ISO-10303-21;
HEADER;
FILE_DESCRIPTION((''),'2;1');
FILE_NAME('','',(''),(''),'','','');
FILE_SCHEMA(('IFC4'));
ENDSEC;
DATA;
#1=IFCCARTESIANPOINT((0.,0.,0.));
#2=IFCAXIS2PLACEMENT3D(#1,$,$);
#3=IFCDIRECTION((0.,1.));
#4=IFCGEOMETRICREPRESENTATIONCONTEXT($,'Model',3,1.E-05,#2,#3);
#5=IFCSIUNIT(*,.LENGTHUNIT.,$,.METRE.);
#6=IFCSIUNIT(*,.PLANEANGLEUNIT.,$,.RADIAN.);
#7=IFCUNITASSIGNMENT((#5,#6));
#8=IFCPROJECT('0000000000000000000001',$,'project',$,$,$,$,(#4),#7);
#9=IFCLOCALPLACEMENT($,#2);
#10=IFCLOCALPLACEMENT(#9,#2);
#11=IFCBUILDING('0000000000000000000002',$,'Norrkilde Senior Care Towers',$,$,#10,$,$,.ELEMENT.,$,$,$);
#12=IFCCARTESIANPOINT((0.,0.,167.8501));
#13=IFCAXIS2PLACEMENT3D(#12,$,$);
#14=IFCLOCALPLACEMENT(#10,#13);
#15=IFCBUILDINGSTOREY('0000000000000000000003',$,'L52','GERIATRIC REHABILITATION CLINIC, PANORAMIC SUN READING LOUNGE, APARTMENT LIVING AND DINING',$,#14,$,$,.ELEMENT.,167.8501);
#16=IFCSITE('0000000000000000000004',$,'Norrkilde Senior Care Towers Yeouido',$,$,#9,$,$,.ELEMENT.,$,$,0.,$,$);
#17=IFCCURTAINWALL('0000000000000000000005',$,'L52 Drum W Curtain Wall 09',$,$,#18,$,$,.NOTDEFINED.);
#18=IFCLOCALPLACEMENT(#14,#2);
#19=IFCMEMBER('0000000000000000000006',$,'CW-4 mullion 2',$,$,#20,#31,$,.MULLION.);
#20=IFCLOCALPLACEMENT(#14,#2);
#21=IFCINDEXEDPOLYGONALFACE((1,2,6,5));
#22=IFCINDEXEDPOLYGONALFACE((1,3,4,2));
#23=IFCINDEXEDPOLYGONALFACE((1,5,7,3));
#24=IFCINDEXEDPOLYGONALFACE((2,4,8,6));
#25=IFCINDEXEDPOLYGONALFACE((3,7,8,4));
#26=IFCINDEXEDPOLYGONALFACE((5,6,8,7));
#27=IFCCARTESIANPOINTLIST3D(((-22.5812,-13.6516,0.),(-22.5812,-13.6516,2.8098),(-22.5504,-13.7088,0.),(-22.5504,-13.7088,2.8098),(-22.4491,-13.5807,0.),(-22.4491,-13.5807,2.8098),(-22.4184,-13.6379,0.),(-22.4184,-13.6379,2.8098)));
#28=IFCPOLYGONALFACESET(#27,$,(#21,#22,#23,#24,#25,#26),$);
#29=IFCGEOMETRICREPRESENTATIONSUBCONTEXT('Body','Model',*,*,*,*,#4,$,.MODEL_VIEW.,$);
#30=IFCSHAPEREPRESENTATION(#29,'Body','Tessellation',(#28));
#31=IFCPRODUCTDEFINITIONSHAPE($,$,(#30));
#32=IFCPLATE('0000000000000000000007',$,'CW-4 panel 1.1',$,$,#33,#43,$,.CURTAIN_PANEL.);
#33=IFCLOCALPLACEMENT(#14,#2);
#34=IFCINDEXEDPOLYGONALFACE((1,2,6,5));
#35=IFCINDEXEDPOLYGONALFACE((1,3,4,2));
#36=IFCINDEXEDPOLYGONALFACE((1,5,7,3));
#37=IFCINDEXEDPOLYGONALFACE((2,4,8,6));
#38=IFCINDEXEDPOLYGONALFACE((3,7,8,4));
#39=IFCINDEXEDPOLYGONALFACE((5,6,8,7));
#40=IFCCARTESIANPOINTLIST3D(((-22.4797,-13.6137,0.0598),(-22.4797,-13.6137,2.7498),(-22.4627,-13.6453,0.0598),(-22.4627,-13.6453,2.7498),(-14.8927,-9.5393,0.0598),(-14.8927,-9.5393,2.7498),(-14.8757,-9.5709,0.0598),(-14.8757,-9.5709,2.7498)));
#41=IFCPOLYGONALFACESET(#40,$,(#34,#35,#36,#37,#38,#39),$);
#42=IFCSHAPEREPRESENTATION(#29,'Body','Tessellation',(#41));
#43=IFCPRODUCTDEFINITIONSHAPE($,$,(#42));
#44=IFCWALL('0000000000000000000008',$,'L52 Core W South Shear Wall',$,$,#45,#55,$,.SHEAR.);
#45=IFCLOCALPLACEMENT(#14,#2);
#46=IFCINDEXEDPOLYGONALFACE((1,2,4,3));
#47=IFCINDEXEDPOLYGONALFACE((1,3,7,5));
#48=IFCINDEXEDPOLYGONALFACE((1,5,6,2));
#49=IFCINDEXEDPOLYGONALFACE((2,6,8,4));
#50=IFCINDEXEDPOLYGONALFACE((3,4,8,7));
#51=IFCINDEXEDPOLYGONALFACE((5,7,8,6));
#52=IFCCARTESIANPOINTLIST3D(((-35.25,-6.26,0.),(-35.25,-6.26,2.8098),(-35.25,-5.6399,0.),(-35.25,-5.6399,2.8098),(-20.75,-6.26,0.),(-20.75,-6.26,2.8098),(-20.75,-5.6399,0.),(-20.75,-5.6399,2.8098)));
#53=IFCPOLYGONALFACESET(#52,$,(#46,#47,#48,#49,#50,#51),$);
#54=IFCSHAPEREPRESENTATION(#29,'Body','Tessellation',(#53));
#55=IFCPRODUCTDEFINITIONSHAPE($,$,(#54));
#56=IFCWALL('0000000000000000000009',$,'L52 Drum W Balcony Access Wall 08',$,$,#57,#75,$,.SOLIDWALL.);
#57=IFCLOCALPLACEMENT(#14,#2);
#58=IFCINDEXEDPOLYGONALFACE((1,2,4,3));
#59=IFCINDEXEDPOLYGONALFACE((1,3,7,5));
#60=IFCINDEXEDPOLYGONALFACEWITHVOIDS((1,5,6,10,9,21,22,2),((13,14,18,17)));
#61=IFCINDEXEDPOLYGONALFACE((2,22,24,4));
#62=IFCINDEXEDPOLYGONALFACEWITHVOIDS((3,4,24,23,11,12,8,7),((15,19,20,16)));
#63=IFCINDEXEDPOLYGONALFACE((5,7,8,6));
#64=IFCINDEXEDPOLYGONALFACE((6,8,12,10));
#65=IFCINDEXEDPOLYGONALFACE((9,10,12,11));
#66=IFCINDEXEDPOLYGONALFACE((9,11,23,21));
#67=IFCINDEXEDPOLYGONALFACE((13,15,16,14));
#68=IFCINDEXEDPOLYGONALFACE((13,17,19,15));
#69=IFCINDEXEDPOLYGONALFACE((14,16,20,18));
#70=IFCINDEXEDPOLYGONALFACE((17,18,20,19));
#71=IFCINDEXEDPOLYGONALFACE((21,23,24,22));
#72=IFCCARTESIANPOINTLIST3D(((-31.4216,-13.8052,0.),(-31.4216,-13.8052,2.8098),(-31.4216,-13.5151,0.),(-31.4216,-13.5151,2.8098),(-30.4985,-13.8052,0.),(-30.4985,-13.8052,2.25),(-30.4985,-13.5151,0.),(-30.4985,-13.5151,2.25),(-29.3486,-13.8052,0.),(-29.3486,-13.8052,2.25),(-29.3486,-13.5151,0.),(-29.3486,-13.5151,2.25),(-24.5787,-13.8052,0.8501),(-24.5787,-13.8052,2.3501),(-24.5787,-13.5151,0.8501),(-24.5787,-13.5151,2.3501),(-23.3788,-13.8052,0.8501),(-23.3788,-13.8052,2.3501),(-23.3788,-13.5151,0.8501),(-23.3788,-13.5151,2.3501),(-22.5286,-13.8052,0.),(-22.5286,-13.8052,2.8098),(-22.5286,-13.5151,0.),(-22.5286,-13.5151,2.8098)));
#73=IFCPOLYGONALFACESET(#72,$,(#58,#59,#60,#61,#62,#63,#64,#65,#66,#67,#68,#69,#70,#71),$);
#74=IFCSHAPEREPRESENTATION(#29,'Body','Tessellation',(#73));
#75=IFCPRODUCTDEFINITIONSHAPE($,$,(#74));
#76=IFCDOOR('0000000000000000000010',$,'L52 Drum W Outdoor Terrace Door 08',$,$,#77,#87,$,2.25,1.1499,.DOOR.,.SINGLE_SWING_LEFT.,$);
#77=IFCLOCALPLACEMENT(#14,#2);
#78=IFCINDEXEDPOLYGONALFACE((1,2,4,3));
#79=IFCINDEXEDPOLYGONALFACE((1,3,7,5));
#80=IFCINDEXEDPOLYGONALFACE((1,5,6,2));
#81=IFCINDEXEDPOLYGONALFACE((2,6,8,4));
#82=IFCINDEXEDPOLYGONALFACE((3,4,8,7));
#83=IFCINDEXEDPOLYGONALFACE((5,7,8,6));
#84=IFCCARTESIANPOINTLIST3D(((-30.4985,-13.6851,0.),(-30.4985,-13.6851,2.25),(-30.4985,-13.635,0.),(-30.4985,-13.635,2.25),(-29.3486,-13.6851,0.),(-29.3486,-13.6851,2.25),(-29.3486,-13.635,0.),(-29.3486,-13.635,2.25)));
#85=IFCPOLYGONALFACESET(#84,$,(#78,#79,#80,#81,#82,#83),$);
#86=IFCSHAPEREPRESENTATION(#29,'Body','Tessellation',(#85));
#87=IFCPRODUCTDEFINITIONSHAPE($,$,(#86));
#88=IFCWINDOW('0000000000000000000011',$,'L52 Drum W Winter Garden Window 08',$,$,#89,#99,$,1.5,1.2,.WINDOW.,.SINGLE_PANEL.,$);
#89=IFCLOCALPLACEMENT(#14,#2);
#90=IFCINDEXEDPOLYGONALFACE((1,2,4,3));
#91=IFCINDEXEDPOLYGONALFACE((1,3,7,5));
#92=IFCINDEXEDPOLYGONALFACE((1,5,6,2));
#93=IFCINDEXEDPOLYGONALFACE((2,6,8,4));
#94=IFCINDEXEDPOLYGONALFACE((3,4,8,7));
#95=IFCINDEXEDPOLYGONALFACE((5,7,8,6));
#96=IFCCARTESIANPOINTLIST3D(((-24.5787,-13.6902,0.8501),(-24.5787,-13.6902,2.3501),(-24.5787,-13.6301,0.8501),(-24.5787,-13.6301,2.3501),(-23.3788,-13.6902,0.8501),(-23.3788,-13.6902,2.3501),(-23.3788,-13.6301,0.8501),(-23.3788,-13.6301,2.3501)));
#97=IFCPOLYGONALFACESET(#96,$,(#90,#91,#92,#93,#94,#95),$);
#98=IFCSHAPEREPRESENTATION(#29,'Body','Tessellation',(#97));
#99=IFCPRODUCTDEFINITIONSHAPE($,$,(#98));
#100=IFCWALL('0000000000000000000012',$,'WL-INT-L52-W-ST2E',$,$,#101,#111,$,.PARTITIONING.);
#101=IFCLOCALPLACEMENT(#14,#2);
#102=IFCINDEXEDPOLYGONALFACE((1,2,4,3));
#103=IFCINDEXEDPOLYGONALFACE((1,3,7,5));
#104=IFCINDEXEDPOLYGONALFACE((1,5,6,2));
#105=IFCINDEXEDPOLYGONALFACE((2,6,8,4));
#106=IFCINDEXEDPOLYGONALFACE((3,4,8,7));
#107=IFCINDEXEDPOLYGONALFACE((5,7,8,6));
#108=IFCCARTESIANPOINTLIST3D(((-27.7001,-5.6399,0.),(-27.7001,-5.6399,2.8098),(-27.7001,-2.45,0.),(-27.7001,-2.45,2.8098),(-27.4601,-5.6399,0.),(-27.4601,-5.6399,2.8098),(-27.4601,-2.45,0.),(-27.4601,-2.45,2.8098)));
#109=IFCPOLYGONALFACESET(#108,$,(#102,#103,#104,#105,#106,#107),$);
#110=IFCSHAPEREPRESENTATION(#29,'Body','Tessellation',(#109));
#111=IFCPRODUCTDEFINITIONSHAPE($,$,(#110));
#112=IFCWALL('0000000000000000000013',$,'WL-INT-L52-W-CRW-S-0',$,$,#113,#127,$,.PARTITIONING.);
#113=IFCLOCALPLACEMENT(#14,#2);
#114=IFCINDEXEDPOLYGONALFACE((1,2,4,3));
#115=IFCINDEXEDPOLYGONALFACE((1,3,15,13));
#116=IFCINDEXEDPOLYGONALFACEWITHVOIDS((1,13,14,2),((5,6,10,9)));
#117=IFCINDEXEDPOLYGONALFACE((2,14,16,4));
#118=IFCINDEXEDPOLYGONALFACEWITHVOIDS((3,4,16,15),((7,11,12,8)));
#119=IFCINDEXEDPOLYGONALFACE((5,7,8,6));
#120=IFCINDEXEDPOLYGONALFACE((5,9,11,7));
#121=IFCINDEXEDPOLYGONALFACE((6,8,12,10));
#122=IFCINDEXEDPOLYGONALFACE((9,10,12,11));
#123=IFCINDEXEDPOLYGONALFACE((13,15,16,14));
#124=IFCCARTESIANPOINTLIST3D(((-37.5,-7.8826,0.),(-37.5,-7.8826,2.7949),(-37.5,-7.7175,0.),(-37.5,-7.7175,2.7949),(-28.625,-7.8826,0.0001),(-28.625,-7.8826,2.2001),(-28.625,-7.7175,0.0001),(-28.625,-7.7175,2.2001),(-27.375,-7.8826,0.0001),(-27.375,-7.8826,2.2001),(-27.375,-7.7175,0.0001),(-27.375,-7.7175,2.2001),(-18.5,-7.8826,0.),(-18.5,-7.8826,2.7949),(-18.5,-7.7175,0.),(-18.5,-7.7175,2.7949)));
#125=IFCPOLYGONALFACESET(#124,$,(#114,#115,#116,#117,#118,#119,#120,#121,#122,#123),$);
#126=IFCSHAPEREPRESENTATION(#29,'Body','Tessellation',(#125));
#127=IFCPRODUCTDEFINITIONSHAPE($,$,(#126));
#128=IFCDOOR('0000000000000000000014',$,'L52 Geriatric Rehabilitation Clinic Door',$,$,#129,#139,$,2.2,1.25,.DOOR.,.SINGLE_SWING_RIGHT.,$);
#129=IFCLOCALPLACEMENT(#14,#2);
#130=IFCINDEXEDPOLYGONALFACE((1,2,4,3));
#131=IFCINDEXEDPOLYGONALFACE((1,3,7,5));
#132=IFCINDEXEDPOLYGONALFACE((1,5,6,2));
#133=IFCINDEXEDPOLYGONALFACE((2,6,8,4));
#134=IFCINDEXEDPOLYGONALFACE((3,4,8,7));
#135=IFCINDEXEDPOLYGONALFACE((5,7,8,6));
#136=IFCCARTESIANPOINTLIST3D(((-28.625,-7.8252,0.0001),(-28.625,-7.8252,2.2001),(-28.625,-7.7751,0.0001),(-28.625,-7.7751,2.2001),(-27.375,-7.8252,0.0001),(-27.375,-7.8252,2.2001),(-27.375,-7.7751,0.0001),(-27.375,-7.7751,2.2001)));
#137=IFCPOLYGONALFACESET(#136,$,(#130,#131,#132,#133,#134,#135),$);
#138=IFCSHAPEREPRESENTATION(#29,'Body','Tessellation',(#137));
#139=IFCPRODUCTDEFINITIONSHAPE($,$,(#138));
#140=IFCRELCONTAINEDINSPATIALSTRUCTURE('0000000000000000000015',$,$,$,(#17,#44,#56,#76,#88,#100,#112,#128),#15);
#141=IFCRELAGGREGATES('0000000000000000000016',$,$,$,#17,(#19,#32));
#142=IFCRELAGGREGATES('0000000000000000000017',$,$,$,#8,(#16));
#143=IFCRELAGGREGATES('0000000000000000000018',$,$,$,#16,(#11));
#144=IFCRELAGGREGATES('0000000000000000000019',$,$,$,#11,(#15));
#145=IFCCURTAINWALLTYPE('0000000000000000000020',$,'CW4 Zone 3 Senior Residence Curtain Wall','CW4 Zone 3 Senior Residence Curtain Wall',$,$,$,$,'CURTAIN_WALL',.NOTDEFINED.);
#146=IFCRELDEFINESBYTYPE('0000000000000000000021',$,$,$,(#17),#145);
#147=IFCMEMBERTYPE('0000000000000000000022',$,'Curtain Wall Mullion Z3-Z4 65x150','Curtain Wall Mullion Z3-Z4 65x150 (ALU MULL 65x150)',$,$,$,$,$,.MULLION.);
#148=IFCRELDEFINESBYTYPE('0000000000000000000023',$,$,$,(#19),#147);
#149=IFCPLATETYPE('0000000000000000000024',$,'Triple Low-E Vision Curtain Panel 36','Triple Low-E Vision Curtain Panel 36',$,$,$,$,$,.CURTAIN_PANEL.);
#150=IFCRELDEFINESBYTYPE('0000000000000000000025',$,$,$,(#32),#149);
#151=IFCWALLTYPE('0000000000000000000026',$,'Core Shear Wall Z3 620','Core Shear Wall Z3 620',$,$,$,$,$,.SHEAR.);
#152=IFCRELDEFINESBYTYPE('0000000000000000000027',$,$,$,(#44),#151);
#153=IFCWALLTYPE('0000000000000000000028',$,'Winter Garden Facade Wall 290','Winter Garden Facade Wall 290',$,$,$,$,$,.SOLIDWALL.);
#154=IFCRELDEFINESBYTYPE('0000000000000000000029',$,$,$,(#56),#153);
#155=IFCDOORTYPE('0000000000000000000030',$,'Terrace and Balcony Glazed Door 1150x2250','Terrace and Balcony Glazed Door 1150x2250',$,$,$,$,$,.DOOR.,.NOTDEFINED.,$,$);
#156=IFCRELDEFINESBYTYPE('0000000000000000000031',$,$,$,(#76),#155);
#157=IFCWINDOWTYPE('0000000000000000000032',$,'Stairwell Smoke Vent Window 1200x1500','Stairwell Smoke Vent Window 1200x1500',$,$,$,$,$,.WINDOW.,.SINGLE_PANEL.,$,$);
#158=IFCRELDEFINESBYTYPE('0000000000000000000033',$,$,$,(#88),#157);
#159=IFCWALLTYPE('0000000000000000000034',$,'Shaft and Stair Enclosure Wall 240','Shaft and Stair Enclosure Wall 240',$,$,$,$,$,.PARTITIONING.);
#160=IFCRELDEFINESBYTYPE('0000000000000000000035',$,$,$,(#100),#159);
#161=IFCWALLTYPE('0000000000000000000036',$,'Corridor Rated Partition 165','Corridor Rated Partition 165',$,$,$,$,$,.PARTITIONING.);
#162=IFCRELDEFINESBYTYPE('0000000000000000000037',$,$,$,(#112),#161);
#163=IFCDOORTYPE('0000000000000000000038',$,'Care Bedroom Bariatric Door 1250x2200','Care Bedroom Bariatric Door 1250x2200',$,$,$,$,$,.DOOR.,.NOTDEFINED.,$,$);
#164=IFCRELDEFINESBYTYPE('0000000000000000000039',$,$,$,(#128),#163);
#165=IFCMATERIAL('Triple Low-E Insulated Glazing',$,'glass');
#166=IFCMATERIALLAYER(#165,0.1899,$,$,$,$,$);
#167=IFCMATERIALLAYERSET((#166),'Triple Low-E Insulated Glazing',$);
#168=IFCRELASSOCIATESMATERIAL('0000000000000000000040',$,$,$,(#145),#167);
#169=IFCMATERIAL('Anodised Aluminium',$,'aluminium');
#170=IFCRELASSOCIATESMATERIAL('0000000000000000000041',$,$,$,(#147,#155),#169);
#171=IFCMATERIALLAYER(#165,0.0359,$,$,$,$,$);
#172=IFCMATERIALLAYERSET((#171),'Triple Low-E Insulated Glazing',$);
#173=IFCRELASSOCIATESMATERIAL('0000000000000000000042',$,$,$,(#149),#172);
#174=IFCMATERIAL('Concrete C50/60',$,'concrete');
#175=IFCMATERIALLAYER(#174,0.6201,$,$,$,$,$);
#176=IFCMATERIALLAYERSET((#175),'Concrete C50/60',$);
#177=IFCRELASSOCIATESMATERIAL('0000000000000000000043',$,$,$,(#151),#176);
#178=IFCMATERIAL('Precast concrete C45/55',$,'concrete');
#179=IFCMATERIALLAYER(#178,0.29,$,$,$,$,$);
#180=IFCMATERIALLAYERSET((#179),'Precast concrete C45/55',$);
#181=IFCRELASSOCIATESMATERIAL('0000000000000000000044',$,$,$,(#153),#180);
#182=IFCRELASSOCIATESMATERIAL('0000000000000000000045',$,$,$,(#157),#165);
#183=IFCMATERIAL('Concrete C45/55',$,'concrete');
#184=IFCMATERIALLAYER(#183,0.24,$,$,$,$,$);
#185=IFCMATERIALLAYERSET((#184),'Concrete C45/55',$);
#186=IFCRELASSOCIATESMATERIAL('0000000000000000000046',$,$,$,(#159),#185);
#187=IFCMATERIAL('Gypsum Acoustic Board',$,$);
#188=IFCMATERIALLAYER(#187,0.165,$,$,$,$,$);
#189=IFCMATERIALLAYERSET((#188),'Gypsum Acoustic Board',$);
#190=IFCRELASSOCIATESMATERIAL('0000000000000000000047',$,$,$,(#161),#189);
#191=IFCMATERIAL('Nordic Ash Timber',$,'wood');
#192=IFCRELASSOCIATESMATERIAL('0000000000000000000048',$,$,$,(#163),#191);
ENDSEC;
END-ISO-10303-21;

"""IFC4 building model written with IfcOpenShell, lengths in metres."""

from ifc_helpers import new_model, si_unit, direction, frame, frame_2d, origin, origin_2d, place, context, subcontext, project, spatial, rectangle, extrude, source, transform, mapped, material, layer, layer_set, material_profile, profile_set, type_object, type_shapes, element, fill, aggregate, save


model = new_model("IFC4")

# Units and contexts
model_context = context("Model", 3, precision=1e-05, world=origin(), true_north=direction((0.0, 1.0)))
body_context = subcontext(model_context, "Body", "Model", "MODEL_VIEW")
ifc_project = project(units=[si_unit("LENGTHUNIT", "METRE"), si_unit("PLANEANGLEUNIT", "RADIAN")], contexts=[model_context])

# Site, building, storey
site_placement = place(None, origin())
site = spatial("IfcSite", under=ifc_project, at=site_placement, Name="Norrkilde Senior Care Towers Yeouido", CompositionType="ELEMENT", RefElevation=0.0)
building_placement = place(site_placement, origin())
building = spatial("IfcBuilding", under=site, at=building_placement, Name="Norrkilde Senior Care Towers", CompositionType="ELEMENT")
storey_placement = place(building_placement, frame((0.0, 0.0, 167.8501)))
storey = spatial("IfcBuildingStorey", under=building, at=storey_placement, Name="L52", Description="GERIATRIC REHABILITATION CLINIC, PANORAMIC SUN READING LOUNGE, APARTMENT LIVING AND DINING", CompositionType="ELEMENT", Elevation=167.8501)

# Shared definitions
ifc_material_1 = material(Name="Concrete C50/60", Category="concrete")

# Curtain wall, member, plate
ifc_material_2 = material(Name="Triple Low-E Insulated Glazing", Category="glass")
ifc_layer_1 = layer(ifc_material_2, 0.1899)
ifc_layer_set_1 = layer_set([ifc_layer_1], Name="Triple Low-E Insulated Glazing")
curtain_wall_type = type_object("IfcCurtainWallType", Name="CW4 Zone 3 Senior Residence Curtain Wall", Description="CW4 Zone 3 Senior Residence Curtain Wall", ElementType="CURTAIN_WALL", PredefinedType="NOTDEFINED", material=ifc_layer_set_1)
curtain_wall_placement = place(storey_placement, origin())
curtain_wall = element("IfcCurtainWall", 1, at=curtain_wall_placement, inside=storey, type_object=curtain_wall_type, Name="L52 Drum W Curtain Wall 09", PredefinedType="NOTDEFINED")
ifc_material_3 = material(Name="Anodised Aluminium", Category="aluminium")
ifc_material_profile_1 = material_profile(ifc_material_3, rectangle(XDim=0.0649, YDim=0.1499, at=origin_2d()), Name="ALU MULL 65x150")
ifc_profile_set_1 = profile_set([ifc_material_profile_1], Name="Anodised Aluminium")
member_type = type_object("IfcMemberType", Name="Curtain Wall Mullion Z3-Z4 65x150", Description="Curtain Wall Mullion Z3-Z4 65x150 (ALU MULL 65x150)", PredefinedType="MULLION", material=ifc_profile_set_1)
shared_shape_1 = source(origin(), body_context, "Body", "SweptSolid", [
    extrude(rectangle(XDim=0.0649, YDim=0.1499, at=origin_2d()), origin(), (0.0, 0.0, 1.0), 2.8098),
])
type_shapes(member_type, [shared_shape_1])
member_placement = place(storey_placement, frame((-22.4998, -13.6448, 0.0), z_axis=(0.0, 0.0, 1.0), x_axis=(0.473117, -0.881, 0.0)))
member = element("IfcMember", 2, at=member_placement, type_object=member_type, Name="CW-4 mullion 2", PredefinedType="MULLION", context=body_context, shape_type="MappedRepresentation", body=[
    mapped(shared_shape_1, transform((0.0, 0.0, 0.0), x_axis=(1.0, 0.0, 0.0), y_axis=(0.0, 1.0, 0.0), z_axis=(0.0, 0.0, 1.0), scale=1.0)),
])
ifc_layer_2 = layer(ifc_material_2, 0.0359)
ifc_layer_set_2 = layer_set([ifc_layer_2], Name="Triple Low-E Insulated Glazing")
plate_type = type_object("IfcPlateType", Name="Triple Low-E Vision Curtain Panel 36", Description="Triple Low-E Vision Curtain Panel 36", PredefinedType="CURTAIN_PANEL", material=ifc_layer_set_2)
shared_shape_2 = source(origin(), body_context, "Body", "SweptSolid", [
    extrude(rectangle(XDim=8.6118, YDim=0.0359, at=origin_2d()), origin(), (0.0, 0.0, 1.0), 2.6899),
])
type_shapes(plate_type, [shared_shape_2])
plate_placement = place(storey_placement, frame((-18.6777, -11.5923, 0.0598), z_axis=(0.0, 0.0, 1.0), x_axis=(-0.881, -0.473117, 0.0)))
plate = element("IfcPlate", 3, at=plate_placement, type_object=plate_type, Name="CW-4 panel 1.1", PredefinedType="CURTAIN_PANEL", context=body_context, shape_type="MappedRepresentation", body=[
    mapped(shared_shape_2, transform((0.0, 0.0, 0.0), x_axis=(1.0, 0.0, 0.0), y_axis=(0.0, 1.0, 0.0), z_axis=(0.0, 0.0, 1.0), scale=1.0)),
])
aggregate(curtain_wall, [member, plate])

# Wall
ifc_layer_3 = layer(ifc_material_1, 0.6201)
ifc_layer_set_3 = layer_set([ifc_layer_3], Name="Concrete C50/60")
wall_type_1 = type_object("IfcWallType", Name="Core Shear Wall Z3 620", Description="Core Shear Wall Z3 620", PredefinedType="SHEAR", material=ifc_layer_set_3)
shared_shape_3 = source(origin(), body_context, "Body", "SweptSolid", [
    extrude(rectangle(XDim=14.5, YDim=0.6201, at=frame_2d((7.25, 0.0))), origin(), (0.0, 0.0, 1.0), 2.8098),
])
type_shapes(wall_type_1, [shared_shape_3])
wall_1_placement = place(storey_placement, frame((-20.75, -5.95, 0.0), z_axis=(0.0, 0.0, 1.0), x_axis=(-1.0, 0.0, 0.0)))
element("IfcWall", 4, at=wall_1_placement, inside=storey, type_object=wall_type_1, Name="L52 Core W South Shear Wall", PredefinedType="SHEAR", context=body_context, shape_type="MappedRepresentation", body=[
    mapped(shared_shape_3, transform((0.0, 0.0, 0.0), x_axis=(1.0, 0.0, 0.0), y_axis=(0.0, 1.0, 0.0), z_axis=(0.0, 0.0, 1.0), scale=1.0)),
])

# Wall, openings, door, window
ifc_material_4 = material(Name="Precast concrete C45/55", Category="concrete")
ifc_layer_4 = layer(ifc_material_4, 0.29)
ifc_layer_set_4 = layer_set([ifc_layer_4], Name="Precast concrete C45/55")
wall_type_2 = type_object("IfcWallType", Name="Winter Garden Facade Wall 290", Description="Winter Garden Facade Wall 290", PredefinedType="SOLIDWALL", material=ifc_layer_set_4)
shared_shape_4 = source(origin(), body_context, "Body", "SweptSolid", [
    extrude(rectangle(XDim=8.8931, YDim=0.29, at=frame_2d((4.4465, 0.0))), origin(), (0.0, 0.0, 1.0), 2.8098),
])
type_shapes(wall_type_2, [shared_shape_4])
wall_2_placement = place(storey_placement, frame((-22.5286, -13.6602, 0.0), z_axis=(0.0, 0.0, 1.0), x_axis=(-1.0, 0.0, 0.0)))
wall_2 = element("IfcWall", 5, at=wall_2_placement, inside=storey, type_object=wall_type_2, Name="L52 Drum W Balcony Access Wall 08", PredefinedType="SOLIDWALL", context=body_context, shape_type="MappedRepresentation", body=[
    mapped(shared_shape_4, transform((0.0, 0.0, 0.0), x_axis=(1.0, 0.0, 0.0), y_axis=(0.0, 1.0, 0.0), z_axis=(0.0, 0.0, 1.0), scale=1.0)),
])
opening_1_placement = place(wall_2_placement, frame((6.8201, 0.0, 0.0)))
opening_1 = element("IfcOpeningElement", 6, at=opening_1_placement, cuts=wall_2, PredefinedType="OPENING", context=body_context, shape_type="SweptSolid", body=[
    extrude(rectangle(XDim=1.1499, YDim=2.25, at=frame_2d((0.575, 1.125))), frame((0.0, 0.155, 0.0), z_axis=(0.0, -1.0, 0.0), x_axis=(1.0, 0.0, 0.0)), (0.0, 0.0, 1.0), 0.3101),
])
opening_2_placement = place(wall_2_placement, frame((0.8501, 0.0, 0.8501)))
opening_2 = element("IfcOpeningElement", 7, at=opening_2_placement, cuts=wall_2, PredefinedType="OPENING", context=body_context, shape_type="SweptSolid", body=[
    extrude(rectangle(XDim=1.2, YDim=1.5, at=frame_2d((0.6001, 0.75))), frame((0.0, 0.155, 0.0), z_axis=(0.0, -1.0, 0.0), x_axis=(1.0, 0.0, 0.0)), (0.0, 0.0, 1.0), 0.3101),
])
door_type_1 = type_object("IfcDoorType", Name="Terrace and Balcony Glazed Door 1150x2250", Description="Terrace and Balcony Glazed Door 1150x2250", OperationType="NOTDEFINED", PredefinedType="DOOR", material=ifc_material_3)
shared_shape_5 = source(origin(), body_context, "Body", "SweptSolid", [
    extrude(rectangle(XDim=1.1499, YDim=2.25, at=frame_2d((0.575, 1.125))), frame((0.0, 0.0249, 0.0), z_axis=(0.0, -1.0, 0.0), x_axis=(1.0, 0.0, 0.0)), (0.0, 0.0, 1.0), 0.05),
])
type_shapes(door_type_1, [shared_shape_5])
door_1_placement = place(opening_1_placement, origin())
door_1 = element("IfcDoor", 8, at=door_1_placement, inside=storey, type_object=door_type_1, Name="L52 Drum W Outdoor Terrace Door 08", OperationType="SINGLE_SWING_LEFT", OverallHeight=2.25, OverallWidth=1.1499, PredefinedType="DOOR", context=body_context, shape_type="MappedRepresentation", body=[
    mapped(shared_shape_5, transform((0.0, 0.0, 0.0), x_axis=(1.0, 0.0, 0.0), y_axis=(0.0, 1.0, 0.0), z_axis=(0.0, 0.0, 1.0), scale=1.0)),
])
fill(opening_1, door_1)
window_type = type_object("IfcWindowType", Name="Stairwell Smoke Vent Window 1200x1500", Description="Stairwell Smoke Vent Window 1200x1500", PartitioningType="SINGLE_PANEL", PredefinedType="WINDOW", material=ifc_material_2)
shared_shape_6 = source(origin(), body_context, "Body", "SweptSolid", [
    extrude(rectangle(XDim=1.2, YDim=1.5, at=frame_2d((0.6001, 0.75))), frame((0.0, 0.03, 0.0), z_axis=(0.0, -1.0, 0.0), x_axis=(1.0, 0.0, 0.0)), (0.0, 0.0, 1.0), 0.0601),
])
type_shapes(window_type, [shared_shape_6])
window_placement = place(opening_2_placement, origin())
window = element("IfcWindow", 9, at=window_placement, inside=storey, type_object=window_type, Name="L52 Drum W Winter Garden Window 08", OverallHeight=1.5, OverallWidth=1.2, PartitioningType="SINGLE_PANEL", PredefinedType="WINDOW", context=body_context, shape_type="MappedRepresentation", body=[
    mapped(shared_shape_6, transform((0.0, 0.0, 0.0), x_axis=(1.0, 0.0, 0.0), y_axis=(0.0, 1.0, 0.0), z_axis=(0.0, 0.0, 1.0), scale=1.0)),
])
fill(opening_2, window)

# Wall
ifc_material_5 = material(Name="Concrete C45/55", Category="concrete")
ifc_layer_5 = layer(ifc_material_5, 0.24)
ifc_layer_set_5 = layer_set([ifc_layer_5], Name="Concrete C45/55")
wall_type_3 = type_object("IfcWallType", Name="Shaft and Stair Enclosure Wall 240", Description="Shaft and Stair Enclosure Wall 240", PredefinedType="PARTITIONING", material=ifc_layer_set_5)
shared_shape_7 = source(origin(), body_context, "Body", "SweptSolid", [
    extrude(rectangle(XDim=3.1899, YDim=0.24, at=frame_2d((1.595, 0.0))), origin(), (0.0, 0.0, 1.0), 2.8098),
])
type_shapes(wall_type_3, [shared_shape_7])
wall_3_placement = place(storey_placement, frame((-27.5801, -5.6399, 0.0), z_axis=(0.0, 0.0, 1.0), x_axis=(0.0, 1.0, 0.0)))
element("IfcWall", 10, at=wall_3_placement, inside=storey, type_object=wall_type_3, Name="WL-INT-L52-W-ST2E", PredefinedType="PARTITIONING", context=body_context, shape_type="MappedRepresentation", body=[
    mapped(shared_shape_7, transform((0.0, 0.0, 0.0), x_axis=(1.0, 0.0, 0.0), y_axis=(0.0, 1.0, 0.0), z_axis=(0.0, 0.0, 1.0), scale=1.0)),
])

# Wall, opening, door
ifc_material_6 = material(Name="Gypsum Acoustic Board")
ifc_layer_6 = layer(ifc_material_6, 0.165)
ifc_layer_set_6 = layer_set([ifc_layer_6], Name="Gypsum Acoustic Board")
wall_type_4 = type_object("IfcWallType", Name="Corridor Rated Partition 165", Description="Corridor Rated Partition 165", PredefinedType="PARTITIONING", material=ifc_layer_set_6)
shared_shape_8 = source(origin(), body_context, "Body", "SweptSolid", [
    extrude(rectangle(XDim=19.0, YDim=0.165, at=frame_2d((9.5, 0.0))), origin(), (0.0, 0.0, 1.0), 2.7949),
])
type_shapes(wall_type_4, [shared_shape_8])
wall_4_placement = place(storey_placement, frame((-18.5, -7.8, 0.0), z_axis=(0.0, 0.0, 1.0), x_axis=(-1.0, 0.0, 0.0)))
wall_4 = element("IfcWall", 11, at=wall_4_placement, inside=storey, type_object=wall_type_4, Name="WL-INT-L52-W-CRW-S-0", PredefinedType="PARTITIONING", context=body_context, shape_type="MappedRepresentation", body=[
    mapped(shared_shape_8, transform((0.0, 0.0, 0.0), x_axis=(1.0, 0.0, 0.0), y_axis=(0.0, 1.0, 0.0), z_axis=(0.0, 0.0, 1.0), scale=1.0)),
])
opening_3_placement = place(wall_4_placement, frame((8.875, 0.0, 0.0)))
opening_3 = element("IfcOpeningElement", 12, at=opening_3_placement, cuts=wall_4, PredefinedType="OPENING", context=body_context, shape_type="SweptSolid", body=[
    extrude(rectangle(XDim=1.25, YDim=2.2, at=frame_2d((0.625, 1.1001))), frame((0.0, 0.0925, 0.0), z_axis=(0.0, -1.0, 0.0), x_axis=(1.0, 0.0, 0.0)), (0.0, 0.0, 1.0), 0.1851),
])
ifc_material_7 = material(Name="Nordic Ash Timber", Category="wood")
door_type_2 = type_object("IfcDoorType", Name="Care Bedroom Bariatric Door 1250x2200", Description="Care Bedroom Bariatric Door 1250x2200", OperationType="NOTDEFINED", PredefinedType="DOOR", material=ifc_material_7)
shared_shape_9 = source(origin(), body_context, "Body", "SweptSolid", [
    extrude(rectangle(XDim=1.25, YDim=2.2, at=frame_2d((0.625, 1.1001))), frame((0.0, 0.0249, 0.0), z_axis=(0.0, -1.0, 0.0), x_axis=(1.0, 0.0, 0.0)), (0.0, 0.0, 1.0), 0.05),
])
type_shapes(door_type_2, [shared_shape_9])
door_2_placement = place(opening_3_placement, frame((1.25, 0.0, 0.0), z_axis=(0.0, 0.0, 1.0), x_axis=(-1.0, 0.0, 0.0)))
door_2 = element("IfcDoor", 13, at=door_2_placement, inside=storey, type_object=door_type_2, Name="L52 Geriatric Rehabilitation Clinic Door", OperationType="SINGLE_SWING_RIGHT", OverallHeight=2.2, OverallWidth=1.25, PredefinedType="DOOR", context=body_context, shape_type="MappedRepresentation", body=[
    mapped(shared_shape_9, transform((0.0, 0.0, 0.0), x_axis=(1.0, 0.0, 0.0), y_axis=(0.0, 1.0, 0.0), z_axis=(0.0, 0.0, 1.0), scale=1.0)),
])
fill(opening_3, door_2)

save(model, "model.ifc")
